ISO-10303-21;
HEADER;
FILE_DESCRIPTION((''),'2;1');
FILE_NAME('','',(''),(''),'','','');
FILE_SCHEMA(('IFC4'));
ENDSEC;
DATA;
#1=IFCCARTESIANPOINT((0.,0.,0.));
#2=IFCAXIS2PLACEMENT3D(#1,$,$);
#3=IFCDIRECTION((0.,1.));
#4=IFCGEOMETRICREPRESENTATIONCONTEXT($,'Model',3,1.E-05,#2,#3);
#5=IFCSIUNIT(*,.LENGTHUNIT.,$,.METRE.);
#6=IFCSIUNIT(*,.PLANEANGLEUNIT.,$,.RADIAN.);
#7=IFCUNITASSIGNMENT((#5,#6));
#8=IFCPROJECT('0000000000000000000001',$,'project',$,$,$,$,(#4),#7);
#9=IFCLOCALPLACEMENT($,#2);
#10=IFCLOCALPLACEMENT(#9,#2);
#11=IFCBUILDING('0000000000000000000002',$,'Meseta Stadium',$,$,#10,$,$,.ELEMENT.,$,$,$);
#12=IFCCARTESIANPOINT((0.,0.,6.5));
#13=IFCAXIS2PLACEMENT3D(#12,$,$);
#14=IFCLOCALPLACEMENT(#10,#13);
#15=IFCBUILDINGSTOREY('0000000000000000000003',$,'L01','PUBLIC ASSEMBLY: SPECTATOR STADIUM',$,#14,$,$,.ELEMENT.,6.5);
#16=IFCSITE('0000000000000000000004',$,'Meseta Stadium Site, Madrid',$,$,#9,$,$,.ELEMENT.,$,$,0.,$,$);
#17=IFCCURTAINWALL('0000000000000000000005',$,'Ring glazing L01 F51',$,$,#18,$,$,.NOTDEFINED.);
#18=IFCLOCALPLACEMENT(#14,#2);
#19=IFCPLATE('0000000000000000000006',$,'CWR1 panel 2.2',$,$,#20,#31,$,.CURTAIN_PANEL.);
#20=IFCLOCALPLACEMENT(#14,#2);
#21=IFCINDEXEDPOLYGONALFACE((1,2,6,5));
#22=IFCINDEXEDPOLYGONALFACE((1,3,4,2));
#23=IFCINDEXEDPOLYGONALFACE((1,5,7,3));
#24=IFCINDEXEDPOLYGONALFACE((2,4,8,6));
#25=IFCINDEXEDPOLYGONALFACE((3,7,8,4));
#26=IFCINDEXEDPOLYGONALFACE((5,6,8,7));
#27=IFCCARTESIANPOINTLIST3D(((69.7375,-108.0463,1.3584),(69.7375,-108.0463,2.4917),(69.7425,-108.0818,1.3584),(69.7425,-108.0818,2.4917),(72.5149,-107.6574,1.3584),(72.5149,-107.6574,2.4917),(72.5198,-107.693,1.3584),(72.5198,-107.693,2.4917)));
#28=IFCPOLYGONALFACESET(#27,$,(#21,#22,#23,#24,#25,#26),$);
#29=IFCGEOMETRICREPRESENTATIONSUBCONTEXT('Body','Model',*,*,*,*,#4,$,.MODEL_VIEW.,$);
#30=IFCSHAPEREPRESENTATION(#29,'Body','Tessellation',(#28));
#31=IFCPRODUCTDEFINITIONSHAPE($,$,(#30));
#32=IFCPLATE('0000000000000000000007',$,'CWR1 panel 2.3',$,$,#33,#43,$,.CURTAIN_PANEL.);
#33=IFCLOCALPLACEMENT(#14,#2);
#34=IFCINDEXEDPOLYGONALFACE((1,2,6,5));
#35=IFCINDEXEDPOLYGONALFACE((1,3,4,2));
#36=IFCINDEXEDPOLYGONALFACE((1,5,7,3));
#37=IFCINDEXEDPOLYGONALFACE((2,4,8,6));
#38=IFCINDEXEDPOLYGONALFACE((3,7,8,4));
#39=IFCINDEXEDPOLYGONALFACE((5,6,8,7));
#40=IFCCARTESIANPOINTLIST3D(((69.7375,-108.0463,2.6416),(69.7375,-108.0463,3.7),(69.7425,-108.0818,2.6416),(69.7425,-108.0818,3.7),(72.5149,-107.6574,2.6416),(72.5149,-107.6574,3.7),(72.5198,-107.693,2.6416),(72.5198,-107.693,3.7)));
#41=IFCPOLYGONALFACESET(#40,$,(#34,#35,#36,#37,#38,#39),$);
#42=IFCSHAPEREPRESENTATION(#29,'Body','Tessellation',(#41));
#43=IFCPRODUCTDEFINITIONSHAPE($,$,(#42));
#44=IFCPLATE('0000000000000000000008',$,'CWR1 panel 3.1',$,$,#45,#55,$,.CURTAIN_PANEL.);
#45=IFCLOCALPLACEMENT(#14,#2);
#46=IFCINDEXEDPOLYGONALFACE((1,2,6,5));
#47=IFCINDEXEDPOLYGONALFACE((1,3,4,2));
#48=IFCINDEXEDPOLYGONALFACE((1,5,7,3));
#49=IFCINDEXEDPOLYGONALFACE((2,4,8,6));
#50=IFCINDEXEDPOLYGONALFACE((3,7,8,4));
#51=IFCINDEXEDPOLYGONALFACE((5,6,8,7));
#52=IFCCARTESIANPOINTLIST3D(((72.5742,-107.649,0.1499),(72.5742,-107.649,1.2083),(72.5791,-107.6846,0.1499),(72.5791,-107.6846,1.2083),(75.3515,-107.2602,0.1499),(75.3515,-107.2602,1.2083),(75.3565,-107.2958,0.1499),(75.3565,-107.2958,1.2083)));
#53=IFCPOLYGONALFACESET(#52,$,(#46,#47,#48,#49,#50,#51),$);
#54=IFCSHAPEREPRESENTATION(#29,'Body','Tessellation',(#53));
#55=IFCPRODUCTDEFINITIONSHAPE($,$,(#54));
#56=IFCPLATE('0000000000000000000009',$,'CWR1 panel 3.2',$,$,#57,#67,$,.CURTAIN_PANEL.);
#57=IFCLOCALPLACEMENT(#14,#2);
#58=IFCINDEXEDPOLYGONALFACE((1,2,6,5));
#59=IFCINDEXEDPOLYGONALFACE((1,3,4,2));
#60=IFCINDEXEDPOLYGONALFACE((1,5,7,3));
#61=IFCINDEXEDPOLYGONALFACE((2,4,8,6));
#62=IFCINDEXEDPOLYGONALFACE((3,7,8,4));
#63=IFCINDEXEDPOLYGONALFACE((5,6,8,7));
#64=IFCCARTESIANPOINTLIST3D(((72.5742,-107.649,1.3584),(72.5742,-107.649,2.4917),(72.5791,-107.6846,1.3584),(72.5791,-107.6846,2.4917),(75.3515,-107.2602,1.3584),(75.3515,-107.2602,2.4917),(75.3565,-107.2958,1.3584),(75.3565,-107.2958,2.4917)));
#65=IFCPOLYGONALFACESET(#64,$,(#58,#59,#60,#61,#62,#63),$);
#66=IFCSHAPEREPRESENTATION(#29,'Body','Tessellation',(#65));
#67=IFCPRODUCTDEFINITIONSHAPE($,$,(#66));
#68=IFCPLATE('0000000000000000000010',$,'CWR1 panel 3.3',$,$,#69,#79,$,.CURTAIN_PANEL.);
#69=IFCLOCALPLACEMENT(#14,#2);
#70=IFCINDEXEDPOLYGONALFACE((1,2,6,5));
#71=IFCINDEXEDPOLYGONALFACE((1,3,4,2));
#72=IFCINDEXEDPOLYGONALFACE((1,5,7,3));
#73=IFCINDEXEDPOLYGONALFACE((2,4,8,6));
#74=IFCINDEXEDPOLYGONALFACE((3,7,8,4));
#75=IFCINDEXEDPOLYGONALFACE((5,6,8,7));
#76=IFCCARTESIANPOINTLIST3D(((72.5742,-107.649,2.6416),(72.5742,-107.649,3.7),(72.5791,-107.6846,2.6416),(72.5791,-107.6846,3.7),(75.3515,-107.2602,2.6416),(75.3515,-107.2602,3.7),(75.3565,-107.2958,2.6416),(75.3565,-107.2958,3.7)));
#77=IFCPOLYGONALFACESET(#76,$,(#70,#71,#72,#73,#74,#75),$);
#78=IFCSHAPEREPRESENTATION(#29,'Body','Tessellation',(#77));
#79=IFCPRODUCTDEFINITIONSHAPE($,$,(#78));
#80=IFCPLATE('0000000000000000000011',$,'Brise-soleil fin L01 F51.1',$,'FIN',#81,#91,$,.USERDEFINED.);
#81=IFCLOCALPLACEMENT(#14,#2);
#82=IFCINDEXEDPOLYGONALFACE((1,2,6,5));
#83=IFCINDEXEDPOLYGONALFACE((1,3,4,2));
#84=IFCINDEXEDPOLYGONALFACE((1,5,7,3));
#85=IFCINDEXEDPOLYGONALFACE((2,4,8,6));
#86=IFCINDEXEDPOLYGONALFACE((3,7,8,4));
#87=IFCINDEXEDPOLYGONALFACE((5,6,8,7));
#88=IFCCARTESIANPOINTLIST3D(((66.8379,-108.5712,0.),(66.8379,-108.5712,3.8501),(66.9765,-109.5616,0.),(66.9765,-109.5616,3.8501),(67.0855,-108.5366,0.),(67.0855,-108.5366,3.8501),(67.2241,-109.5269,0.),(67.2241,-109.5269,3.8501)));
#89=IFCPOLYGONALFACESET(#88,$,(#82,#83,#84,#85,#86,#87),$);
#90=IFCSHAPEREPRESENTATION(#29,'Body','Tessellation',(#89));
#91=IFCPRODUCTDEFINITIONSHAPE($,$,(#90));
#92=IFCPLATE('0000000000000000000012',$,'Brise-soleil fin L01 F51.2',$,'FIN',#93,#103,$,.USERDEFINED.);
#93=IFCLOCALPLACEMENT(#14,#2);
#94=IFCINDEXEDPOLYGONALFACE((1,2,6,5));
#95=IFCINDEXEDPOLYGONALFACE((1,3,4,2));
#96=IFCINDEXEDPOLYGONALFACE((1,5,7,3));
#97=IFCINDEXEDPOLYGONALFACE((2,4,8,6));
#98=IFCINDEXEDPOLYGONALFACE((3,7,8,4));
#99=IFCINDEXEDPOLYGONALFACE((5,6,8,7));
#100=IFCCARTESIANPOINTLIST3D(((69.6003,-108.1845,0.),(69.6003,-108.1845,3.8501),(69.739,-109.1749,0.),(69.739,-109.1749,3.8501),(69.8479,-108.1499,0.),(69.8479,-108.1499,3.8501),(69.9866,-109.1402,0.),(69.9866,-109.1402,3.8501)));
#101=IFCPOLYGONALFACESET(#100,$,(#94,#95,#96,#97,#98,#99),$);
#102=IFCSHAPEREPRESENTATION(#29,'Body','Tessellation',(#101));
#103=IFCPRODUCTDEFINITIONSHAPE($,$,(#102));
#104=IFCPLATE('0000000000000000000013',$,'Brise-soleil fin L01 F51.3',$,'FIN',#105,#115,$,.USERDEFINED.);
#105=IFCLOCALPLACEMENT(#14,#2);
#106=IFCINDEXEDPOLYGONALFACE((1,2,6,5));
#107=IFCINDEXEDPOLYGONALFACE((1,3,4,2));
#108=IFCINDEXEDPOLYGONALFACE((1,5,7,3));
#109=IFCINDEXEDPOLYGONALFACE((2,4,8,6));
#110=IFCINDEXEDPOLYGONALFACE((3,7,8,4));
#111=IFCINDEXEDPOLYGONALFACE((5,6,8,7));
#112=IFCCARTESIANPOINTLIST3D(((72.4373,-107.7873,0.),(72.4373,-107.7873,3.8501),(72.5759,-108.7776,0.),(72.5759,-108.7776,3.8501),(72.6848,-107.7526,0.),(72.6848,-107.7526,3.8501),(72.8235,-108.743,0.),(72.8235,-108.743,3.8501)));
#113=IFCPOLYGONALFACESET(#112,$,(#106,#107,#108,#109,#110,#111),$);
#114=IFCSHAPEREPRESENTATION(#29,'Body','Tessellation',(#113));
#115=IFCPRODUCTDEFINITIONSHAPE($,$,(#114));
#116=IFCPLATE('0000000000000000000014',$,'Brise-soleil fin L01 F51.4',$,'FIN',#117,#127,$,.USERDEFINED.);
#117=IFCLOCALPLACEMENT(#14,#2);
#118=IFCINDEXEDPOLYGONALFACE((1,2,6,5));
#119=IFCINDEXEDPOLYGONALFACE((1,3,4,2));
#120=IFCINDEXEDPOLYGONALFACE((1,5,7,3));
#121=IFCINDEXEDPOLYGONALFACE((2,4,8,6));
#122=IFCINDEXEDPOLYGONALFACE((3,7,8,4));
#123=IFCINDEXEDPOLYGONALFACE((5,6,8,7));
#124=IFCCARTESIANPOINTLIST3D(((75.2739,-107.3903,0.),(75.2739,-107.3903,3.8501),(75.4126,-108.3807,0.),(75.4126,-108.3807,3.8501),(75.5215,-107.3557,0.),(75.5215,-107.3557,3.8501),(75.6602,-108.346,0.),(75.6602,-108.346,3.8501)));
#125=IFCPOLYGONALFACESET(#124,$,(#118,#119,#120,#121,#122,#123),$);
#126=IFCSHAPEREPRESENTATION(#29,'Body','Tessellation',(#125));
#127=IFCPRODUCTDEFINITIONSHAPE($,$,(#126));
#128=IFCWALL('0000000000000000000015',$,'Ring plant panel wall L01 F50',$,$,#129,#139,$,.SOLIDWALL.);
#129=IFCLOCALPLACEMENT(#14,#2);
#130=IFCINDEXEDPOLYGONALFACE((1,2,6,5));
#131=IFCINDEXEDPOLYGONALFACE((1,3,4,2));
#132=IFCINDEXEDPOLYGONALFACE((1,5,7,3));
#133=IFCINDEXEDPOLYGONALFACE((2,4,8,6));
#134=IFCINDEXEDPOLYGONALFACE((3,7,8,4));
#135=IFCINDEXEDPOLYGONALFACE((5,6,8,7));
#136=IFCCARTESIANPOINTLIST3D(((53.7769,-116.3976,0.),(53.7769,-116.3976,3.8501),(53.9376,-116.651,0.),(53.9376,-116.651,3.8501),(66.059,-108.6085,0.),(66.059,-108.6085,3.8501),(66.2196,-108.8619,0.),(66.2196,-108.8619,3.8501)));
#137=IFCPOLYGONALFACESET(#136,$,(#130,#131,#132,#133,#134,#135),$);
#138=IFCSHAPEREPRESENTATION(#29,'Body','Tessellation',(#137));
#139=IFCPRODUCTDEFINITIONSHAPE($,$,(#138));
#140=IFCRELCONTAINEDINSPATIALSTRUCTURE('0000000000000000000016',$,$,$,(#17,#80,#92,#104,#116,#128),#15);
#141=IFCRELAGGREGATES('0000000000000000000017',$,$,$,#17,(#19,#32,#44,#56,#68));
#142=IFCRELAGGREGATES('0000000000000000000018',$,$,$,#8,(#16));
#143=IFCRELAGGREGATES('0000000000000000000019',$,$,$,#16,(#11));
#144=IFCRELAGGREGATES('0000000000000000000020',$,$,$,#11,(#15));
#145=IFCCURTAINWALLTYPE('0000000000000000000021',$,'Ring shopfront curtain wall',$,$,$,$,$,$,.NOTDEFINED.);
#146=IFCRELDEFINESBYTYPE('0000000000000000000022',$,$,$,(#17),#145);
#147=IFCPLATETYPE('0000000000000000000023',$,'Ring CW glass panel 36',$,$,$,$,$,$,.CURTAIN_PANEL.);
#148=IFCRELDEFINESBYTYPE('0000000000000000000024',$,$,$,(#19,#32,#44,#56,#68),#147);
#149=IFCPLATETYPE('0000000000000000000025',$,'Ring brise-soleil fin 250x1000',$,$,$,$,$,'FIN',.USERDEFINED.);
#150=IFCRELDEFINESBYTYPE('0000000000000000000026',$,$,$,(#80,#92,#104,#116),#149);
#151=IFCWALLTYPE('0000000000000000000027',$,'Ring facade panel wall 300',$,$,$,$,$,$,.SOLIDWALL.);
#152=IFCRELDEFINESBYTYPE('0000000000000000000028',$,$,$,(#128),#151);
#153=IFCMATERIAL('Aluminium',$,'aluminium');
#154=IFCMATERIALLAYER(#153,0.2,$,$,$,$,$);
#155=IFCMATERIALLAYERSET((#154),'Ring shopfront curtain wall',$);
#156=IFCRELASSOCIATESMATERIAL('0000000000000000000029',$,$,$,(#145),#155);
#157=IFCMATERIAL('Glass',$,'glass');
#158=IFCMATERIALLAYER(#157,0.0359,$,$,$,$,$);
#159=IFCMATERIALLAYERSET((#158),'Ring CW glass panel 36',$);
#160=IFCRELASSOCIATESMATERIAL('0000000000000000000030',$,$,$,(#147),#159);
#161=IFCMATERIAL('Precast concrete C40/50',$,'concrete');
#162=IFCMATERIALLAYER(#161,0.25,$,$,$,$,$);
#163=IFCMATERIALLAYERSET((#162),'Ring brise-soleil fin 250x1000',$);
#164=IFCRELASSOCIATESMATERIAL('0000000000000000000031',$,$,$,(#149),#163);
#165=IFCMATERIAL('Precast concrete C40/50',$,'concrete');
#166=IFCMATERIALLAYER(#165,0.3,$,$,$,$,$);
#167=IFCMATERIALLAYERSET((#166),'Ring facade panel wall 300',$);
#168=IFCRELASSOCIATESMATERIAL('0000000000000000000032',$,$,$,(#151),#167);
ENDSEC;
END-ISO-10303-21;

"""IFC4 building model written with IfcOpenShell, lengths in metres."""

from ifc_helpers import new_model, si_unit, direction, frame, frame_2d, origin, origin_2d, place, context, subcontext, project, spatial, rectangle, extrude, material, layer, layer_set, type_object, element, aggregate, save


model = new_model("IFC4")

# Units and contexts
model_context = context("Model", 3, precision=1e-05, world=origin(), true_north=direction((0.0, 1.0)))
body_context = subcontext(model_context, "Body", "Model", "MODEL_VIEW")
ifc_project = project(units=[si_unit("LENGTHUNIT", "METRE"), si_unit("PLANEANGLEUNIT", "RADIAN")], contexts=[model_context])

# Site, building, storey
site_placement = place(None, origin())
site = spatial("IfcSite", under=ifc_project, at=site_placement, Name="Meseta Stadium Site, Madrid", CompositionType="ELEMENT", RefElevation=0.0)
building_placement = place(site_placement, origin())
building = spatial("IfcBuilding", under=site, at=building_placement, Name="Meseta Stadium", CompositionType="ELEMENT")
storey_placement = place(building_placement, frame((0.0, 0.0, 6.5)))
storey = spatial("IfcBuildingStorey", under=building, at=storey_placement, Name="L01", Description="PUBLIC ASSEMBLY: SPECTATOR STADIUM", CompositionType="ELEMENT", Elevation=6.5)

# Curtain wall, plates
ifc_material_1 = material(Name="Aluminium", Category="aluminium")
ifc_layer_1 = layer(ifc_material_1, 0.2)
ifc_layer_set_1 = layer_set([ifc_layer_1], Name="Ring shopfront curtain wall")
curtain_wall_type = type_object("IfcCurtainWallType", Name="Ring shopfront curtain wall", PredefinedType="NOTDEFINED", material=ifc_layer_set_1)
curtain_wall_placement = place(storey_placement, origin())
curtain_wall = element("IfcCurtainWall", 1, at=curtain_wall_placement, inside=storey, type_object=curtain_wall_type, Name="Ring glazing L01 F51", PredefinedType="NOTDEFINED")
ifc_material_2 = material(Name="Glass", Category="glass")
ifc_layer_2 = layer(ifc_material_2, 0.0359)
ifc_layer_set_2 = layer_set([ifc_layer_2], Name="Ring CW glass panel 36")
plate_type_1 = type_object("IfcPlateType", Name="Ring CW glass panel 36", PredefinedType="CURTAIN_PANEL", material=ifc_layer_set_2)
plate_1_placement = place(storey_placement, frame((71.1287, -107.8696, 1.3584), z_axis=(0.0, 0.0, 1.0), x_axis=(0.990342, 0.138643, 0.0)))
plate_1 = element("IfcPlate", 2, at=plate_1_placement, type_object=plate_type_1, Name="CWR1 panel 2.2", PredefinedType="CURTAIN_PANEL", context=body_context, shape_type="SweptSolid", body=[
    extrude(rectangle(XDim=2.8044, YDim=0.0359, at=origin_2d()), origin(), (0.0, 0.0, 1.0), 1.1333),
])
plate_2_placement = place(storey_placement, frame((71.1287, -107.8696, 2.6416), z_axis=(0.0, 0.0, 1.0), x_axis=(0.990342, 0.138643, 0.0)))
plate_2 = element("IfcPlate", 3, at=plate_2_placement, type_object=plate_type_1, Name="CWR1 panel 2.3", PredefinedType="CURTAIN_PANEL", context=body_context, shape_type="SweptSolid", body=[
    extrude(rectangle(XDim=2.8044, YDim=0.0359, at=origin_2d()), origin(), (0.0, 0.0, 1.0), 1.0583),
])
plate_3_placement = place(storey_placement, frame((73.9653, -107.4724, 0.1499), z_axis=(0.0, 0.0, 1.0), x_axis=(0.990342, 0.138643, 0.0)))
plate_3 = element("IfcPlate", 4, at=plate_3_placement, type_object=plate_type_1, Name="CWR1 panel 3.1", PredefinedType="CURTAIN_PANEL", context=body_context, shape_type="SweptSolid", body=[
    extrude(rectangle(XDim=2.8044, YDim=0.0359, at=origin_2d()), origin(), (0.0, 0.0, 1.0), 1.0583),
])
plate_4_placement = place(storey_placement, frame((73.9653, -107.4724, 1.3584), z_axis=(0.0, 0.0, 1.0), x_axis=(0.990342, 0.138643, 0.0)))
plate_4 = element("IfcPlate", 5, at=plate_4_placement, type_object=plate_type_1, Name="CWR1 panel 3.2", PredefinedType="CURTAIN_PANEL", context=body_context, shape_type="SweptSolid", body=[
    extrude(rectangle(XDim=2.8044, YDim=0.0359, at=origin_2d()), origin(), (0.0, 0.0, 1.0), 1.1333),
])
plate_5_placement = place(storey_placement, frame((73.9653, -107.4724, 2.6416), z_axis=(0.0, 0.0, 1.0), x_axis=(0.990342, 0.138643, 0.0)))
plate_5 = element("IfcPlate", 6, at=plate_5_placement, type_object=plate_type_1, Name="CWR1 panel 3.3", PredefinedType="CURTAIN_PANEL", context=body_context, shape_type="SweptSolid", body=[
    extrude(rectangle(XDim=2.8044, YDim=0.0359, at=origin_2d()), origin(), (0.0, 0.0, 1.0), 1.0583),
])
aggregate(curtain_wall, [plate_1, plate_2, plate_3, plate_4, plate_5])

# Plates
ifc_material_3 = material(Name="Precast concrete C40/50", Category="concrete")
ifc_layer_3 = layer(ifc_material_3, 0.25)
ifc_layer_set_3 = layer_set([ifc_layer_3], Name="Ring brise-soleil fin 250x1000")
plate_type_2 = type_object("IfcPlateType", Name="Ring brise-soleil fin 250x1000", ElementType="FIN", PredefinedType="USERDEFINED", material=ifc_layer_set_3)
for number, where, z_axis, x_axis, name in (
    (7, (67.031, -109.0491, 0.0), (0.0, 0.0, 1.0), (0.990343, 0.138641, 0.0), "Brise-soleil fin L01 F51.1"),
    (8, (69.7935, -108.6624, 0.0), (0.0, 0.0, 1.0), (0.990343, 0.138641, 0.0), "Brise-soleil fin L01 F51.2"),
    (9, (72.6304, -108.2651, 0.0), (0.0, 0.0, 1.0), (0.990343, 0.138641, 0.0), "Brise-soleil fin L01 F51.3"),
    (10, (75.467, -107.8682, 0.0), (0.0, 0.0, 1.0), (0.990343, 0.138641, 0.0), "Brise-soleil fin L01 F51.4"),
):
    element("IfcPlate", number, at=place(storey_placement, frame(where, z_axis=z_axis, x_axis=x_axis)), inside=storey, type_object=plate_type_2, Name=name, ObjectType="FIN", PredefinedType="USERDEFINED", context=body_context, shape_type="SweptSolid", body=[
        extrude(rectangle(XDim=0.25, YDim=1.0, at=origin_2d()), origin(), (0.0, 0.0, 1.0), 3.8501),
    ])

# Wall
ifc_material_4 = material(Name="Precast concrete C40/50", Category="concrete")
ifc_layer_4 = layer(ifc_material_4, 0.3)
ifc_layer_set_4 = layer_set([ifc_layer_4], Name="Ring facade panel wall 300")
wall_type = type_object("IfcWallType", Name="Ring facade panel wall 300", PredefinedType="SOLIDWALL", material=ifc_layer_set_4)
wall_placement = place(storey_placement, frame((66.1394, -108.7351, 0.0), z_axis=(0.0, 0.0, 1.0), x_axis=(-0.844493, -0.535566, 0.0)))
element("IfcWall", 11, at=wall_placement, inside=storey, type_object=wall_type, Name="Ring plant panel wall L01 F50", PredefinedType="SOLIDWALL", context=body_context, shape_type="SweptSolid", body=[
    extrude(rectangle(XDim=14.5437, YDim=0.3, at=frame_2d((7.272, 0.0))), origin(), (0.0, 0.0, 1.0), 3.8501),
])

save(model, "model.ifc")
